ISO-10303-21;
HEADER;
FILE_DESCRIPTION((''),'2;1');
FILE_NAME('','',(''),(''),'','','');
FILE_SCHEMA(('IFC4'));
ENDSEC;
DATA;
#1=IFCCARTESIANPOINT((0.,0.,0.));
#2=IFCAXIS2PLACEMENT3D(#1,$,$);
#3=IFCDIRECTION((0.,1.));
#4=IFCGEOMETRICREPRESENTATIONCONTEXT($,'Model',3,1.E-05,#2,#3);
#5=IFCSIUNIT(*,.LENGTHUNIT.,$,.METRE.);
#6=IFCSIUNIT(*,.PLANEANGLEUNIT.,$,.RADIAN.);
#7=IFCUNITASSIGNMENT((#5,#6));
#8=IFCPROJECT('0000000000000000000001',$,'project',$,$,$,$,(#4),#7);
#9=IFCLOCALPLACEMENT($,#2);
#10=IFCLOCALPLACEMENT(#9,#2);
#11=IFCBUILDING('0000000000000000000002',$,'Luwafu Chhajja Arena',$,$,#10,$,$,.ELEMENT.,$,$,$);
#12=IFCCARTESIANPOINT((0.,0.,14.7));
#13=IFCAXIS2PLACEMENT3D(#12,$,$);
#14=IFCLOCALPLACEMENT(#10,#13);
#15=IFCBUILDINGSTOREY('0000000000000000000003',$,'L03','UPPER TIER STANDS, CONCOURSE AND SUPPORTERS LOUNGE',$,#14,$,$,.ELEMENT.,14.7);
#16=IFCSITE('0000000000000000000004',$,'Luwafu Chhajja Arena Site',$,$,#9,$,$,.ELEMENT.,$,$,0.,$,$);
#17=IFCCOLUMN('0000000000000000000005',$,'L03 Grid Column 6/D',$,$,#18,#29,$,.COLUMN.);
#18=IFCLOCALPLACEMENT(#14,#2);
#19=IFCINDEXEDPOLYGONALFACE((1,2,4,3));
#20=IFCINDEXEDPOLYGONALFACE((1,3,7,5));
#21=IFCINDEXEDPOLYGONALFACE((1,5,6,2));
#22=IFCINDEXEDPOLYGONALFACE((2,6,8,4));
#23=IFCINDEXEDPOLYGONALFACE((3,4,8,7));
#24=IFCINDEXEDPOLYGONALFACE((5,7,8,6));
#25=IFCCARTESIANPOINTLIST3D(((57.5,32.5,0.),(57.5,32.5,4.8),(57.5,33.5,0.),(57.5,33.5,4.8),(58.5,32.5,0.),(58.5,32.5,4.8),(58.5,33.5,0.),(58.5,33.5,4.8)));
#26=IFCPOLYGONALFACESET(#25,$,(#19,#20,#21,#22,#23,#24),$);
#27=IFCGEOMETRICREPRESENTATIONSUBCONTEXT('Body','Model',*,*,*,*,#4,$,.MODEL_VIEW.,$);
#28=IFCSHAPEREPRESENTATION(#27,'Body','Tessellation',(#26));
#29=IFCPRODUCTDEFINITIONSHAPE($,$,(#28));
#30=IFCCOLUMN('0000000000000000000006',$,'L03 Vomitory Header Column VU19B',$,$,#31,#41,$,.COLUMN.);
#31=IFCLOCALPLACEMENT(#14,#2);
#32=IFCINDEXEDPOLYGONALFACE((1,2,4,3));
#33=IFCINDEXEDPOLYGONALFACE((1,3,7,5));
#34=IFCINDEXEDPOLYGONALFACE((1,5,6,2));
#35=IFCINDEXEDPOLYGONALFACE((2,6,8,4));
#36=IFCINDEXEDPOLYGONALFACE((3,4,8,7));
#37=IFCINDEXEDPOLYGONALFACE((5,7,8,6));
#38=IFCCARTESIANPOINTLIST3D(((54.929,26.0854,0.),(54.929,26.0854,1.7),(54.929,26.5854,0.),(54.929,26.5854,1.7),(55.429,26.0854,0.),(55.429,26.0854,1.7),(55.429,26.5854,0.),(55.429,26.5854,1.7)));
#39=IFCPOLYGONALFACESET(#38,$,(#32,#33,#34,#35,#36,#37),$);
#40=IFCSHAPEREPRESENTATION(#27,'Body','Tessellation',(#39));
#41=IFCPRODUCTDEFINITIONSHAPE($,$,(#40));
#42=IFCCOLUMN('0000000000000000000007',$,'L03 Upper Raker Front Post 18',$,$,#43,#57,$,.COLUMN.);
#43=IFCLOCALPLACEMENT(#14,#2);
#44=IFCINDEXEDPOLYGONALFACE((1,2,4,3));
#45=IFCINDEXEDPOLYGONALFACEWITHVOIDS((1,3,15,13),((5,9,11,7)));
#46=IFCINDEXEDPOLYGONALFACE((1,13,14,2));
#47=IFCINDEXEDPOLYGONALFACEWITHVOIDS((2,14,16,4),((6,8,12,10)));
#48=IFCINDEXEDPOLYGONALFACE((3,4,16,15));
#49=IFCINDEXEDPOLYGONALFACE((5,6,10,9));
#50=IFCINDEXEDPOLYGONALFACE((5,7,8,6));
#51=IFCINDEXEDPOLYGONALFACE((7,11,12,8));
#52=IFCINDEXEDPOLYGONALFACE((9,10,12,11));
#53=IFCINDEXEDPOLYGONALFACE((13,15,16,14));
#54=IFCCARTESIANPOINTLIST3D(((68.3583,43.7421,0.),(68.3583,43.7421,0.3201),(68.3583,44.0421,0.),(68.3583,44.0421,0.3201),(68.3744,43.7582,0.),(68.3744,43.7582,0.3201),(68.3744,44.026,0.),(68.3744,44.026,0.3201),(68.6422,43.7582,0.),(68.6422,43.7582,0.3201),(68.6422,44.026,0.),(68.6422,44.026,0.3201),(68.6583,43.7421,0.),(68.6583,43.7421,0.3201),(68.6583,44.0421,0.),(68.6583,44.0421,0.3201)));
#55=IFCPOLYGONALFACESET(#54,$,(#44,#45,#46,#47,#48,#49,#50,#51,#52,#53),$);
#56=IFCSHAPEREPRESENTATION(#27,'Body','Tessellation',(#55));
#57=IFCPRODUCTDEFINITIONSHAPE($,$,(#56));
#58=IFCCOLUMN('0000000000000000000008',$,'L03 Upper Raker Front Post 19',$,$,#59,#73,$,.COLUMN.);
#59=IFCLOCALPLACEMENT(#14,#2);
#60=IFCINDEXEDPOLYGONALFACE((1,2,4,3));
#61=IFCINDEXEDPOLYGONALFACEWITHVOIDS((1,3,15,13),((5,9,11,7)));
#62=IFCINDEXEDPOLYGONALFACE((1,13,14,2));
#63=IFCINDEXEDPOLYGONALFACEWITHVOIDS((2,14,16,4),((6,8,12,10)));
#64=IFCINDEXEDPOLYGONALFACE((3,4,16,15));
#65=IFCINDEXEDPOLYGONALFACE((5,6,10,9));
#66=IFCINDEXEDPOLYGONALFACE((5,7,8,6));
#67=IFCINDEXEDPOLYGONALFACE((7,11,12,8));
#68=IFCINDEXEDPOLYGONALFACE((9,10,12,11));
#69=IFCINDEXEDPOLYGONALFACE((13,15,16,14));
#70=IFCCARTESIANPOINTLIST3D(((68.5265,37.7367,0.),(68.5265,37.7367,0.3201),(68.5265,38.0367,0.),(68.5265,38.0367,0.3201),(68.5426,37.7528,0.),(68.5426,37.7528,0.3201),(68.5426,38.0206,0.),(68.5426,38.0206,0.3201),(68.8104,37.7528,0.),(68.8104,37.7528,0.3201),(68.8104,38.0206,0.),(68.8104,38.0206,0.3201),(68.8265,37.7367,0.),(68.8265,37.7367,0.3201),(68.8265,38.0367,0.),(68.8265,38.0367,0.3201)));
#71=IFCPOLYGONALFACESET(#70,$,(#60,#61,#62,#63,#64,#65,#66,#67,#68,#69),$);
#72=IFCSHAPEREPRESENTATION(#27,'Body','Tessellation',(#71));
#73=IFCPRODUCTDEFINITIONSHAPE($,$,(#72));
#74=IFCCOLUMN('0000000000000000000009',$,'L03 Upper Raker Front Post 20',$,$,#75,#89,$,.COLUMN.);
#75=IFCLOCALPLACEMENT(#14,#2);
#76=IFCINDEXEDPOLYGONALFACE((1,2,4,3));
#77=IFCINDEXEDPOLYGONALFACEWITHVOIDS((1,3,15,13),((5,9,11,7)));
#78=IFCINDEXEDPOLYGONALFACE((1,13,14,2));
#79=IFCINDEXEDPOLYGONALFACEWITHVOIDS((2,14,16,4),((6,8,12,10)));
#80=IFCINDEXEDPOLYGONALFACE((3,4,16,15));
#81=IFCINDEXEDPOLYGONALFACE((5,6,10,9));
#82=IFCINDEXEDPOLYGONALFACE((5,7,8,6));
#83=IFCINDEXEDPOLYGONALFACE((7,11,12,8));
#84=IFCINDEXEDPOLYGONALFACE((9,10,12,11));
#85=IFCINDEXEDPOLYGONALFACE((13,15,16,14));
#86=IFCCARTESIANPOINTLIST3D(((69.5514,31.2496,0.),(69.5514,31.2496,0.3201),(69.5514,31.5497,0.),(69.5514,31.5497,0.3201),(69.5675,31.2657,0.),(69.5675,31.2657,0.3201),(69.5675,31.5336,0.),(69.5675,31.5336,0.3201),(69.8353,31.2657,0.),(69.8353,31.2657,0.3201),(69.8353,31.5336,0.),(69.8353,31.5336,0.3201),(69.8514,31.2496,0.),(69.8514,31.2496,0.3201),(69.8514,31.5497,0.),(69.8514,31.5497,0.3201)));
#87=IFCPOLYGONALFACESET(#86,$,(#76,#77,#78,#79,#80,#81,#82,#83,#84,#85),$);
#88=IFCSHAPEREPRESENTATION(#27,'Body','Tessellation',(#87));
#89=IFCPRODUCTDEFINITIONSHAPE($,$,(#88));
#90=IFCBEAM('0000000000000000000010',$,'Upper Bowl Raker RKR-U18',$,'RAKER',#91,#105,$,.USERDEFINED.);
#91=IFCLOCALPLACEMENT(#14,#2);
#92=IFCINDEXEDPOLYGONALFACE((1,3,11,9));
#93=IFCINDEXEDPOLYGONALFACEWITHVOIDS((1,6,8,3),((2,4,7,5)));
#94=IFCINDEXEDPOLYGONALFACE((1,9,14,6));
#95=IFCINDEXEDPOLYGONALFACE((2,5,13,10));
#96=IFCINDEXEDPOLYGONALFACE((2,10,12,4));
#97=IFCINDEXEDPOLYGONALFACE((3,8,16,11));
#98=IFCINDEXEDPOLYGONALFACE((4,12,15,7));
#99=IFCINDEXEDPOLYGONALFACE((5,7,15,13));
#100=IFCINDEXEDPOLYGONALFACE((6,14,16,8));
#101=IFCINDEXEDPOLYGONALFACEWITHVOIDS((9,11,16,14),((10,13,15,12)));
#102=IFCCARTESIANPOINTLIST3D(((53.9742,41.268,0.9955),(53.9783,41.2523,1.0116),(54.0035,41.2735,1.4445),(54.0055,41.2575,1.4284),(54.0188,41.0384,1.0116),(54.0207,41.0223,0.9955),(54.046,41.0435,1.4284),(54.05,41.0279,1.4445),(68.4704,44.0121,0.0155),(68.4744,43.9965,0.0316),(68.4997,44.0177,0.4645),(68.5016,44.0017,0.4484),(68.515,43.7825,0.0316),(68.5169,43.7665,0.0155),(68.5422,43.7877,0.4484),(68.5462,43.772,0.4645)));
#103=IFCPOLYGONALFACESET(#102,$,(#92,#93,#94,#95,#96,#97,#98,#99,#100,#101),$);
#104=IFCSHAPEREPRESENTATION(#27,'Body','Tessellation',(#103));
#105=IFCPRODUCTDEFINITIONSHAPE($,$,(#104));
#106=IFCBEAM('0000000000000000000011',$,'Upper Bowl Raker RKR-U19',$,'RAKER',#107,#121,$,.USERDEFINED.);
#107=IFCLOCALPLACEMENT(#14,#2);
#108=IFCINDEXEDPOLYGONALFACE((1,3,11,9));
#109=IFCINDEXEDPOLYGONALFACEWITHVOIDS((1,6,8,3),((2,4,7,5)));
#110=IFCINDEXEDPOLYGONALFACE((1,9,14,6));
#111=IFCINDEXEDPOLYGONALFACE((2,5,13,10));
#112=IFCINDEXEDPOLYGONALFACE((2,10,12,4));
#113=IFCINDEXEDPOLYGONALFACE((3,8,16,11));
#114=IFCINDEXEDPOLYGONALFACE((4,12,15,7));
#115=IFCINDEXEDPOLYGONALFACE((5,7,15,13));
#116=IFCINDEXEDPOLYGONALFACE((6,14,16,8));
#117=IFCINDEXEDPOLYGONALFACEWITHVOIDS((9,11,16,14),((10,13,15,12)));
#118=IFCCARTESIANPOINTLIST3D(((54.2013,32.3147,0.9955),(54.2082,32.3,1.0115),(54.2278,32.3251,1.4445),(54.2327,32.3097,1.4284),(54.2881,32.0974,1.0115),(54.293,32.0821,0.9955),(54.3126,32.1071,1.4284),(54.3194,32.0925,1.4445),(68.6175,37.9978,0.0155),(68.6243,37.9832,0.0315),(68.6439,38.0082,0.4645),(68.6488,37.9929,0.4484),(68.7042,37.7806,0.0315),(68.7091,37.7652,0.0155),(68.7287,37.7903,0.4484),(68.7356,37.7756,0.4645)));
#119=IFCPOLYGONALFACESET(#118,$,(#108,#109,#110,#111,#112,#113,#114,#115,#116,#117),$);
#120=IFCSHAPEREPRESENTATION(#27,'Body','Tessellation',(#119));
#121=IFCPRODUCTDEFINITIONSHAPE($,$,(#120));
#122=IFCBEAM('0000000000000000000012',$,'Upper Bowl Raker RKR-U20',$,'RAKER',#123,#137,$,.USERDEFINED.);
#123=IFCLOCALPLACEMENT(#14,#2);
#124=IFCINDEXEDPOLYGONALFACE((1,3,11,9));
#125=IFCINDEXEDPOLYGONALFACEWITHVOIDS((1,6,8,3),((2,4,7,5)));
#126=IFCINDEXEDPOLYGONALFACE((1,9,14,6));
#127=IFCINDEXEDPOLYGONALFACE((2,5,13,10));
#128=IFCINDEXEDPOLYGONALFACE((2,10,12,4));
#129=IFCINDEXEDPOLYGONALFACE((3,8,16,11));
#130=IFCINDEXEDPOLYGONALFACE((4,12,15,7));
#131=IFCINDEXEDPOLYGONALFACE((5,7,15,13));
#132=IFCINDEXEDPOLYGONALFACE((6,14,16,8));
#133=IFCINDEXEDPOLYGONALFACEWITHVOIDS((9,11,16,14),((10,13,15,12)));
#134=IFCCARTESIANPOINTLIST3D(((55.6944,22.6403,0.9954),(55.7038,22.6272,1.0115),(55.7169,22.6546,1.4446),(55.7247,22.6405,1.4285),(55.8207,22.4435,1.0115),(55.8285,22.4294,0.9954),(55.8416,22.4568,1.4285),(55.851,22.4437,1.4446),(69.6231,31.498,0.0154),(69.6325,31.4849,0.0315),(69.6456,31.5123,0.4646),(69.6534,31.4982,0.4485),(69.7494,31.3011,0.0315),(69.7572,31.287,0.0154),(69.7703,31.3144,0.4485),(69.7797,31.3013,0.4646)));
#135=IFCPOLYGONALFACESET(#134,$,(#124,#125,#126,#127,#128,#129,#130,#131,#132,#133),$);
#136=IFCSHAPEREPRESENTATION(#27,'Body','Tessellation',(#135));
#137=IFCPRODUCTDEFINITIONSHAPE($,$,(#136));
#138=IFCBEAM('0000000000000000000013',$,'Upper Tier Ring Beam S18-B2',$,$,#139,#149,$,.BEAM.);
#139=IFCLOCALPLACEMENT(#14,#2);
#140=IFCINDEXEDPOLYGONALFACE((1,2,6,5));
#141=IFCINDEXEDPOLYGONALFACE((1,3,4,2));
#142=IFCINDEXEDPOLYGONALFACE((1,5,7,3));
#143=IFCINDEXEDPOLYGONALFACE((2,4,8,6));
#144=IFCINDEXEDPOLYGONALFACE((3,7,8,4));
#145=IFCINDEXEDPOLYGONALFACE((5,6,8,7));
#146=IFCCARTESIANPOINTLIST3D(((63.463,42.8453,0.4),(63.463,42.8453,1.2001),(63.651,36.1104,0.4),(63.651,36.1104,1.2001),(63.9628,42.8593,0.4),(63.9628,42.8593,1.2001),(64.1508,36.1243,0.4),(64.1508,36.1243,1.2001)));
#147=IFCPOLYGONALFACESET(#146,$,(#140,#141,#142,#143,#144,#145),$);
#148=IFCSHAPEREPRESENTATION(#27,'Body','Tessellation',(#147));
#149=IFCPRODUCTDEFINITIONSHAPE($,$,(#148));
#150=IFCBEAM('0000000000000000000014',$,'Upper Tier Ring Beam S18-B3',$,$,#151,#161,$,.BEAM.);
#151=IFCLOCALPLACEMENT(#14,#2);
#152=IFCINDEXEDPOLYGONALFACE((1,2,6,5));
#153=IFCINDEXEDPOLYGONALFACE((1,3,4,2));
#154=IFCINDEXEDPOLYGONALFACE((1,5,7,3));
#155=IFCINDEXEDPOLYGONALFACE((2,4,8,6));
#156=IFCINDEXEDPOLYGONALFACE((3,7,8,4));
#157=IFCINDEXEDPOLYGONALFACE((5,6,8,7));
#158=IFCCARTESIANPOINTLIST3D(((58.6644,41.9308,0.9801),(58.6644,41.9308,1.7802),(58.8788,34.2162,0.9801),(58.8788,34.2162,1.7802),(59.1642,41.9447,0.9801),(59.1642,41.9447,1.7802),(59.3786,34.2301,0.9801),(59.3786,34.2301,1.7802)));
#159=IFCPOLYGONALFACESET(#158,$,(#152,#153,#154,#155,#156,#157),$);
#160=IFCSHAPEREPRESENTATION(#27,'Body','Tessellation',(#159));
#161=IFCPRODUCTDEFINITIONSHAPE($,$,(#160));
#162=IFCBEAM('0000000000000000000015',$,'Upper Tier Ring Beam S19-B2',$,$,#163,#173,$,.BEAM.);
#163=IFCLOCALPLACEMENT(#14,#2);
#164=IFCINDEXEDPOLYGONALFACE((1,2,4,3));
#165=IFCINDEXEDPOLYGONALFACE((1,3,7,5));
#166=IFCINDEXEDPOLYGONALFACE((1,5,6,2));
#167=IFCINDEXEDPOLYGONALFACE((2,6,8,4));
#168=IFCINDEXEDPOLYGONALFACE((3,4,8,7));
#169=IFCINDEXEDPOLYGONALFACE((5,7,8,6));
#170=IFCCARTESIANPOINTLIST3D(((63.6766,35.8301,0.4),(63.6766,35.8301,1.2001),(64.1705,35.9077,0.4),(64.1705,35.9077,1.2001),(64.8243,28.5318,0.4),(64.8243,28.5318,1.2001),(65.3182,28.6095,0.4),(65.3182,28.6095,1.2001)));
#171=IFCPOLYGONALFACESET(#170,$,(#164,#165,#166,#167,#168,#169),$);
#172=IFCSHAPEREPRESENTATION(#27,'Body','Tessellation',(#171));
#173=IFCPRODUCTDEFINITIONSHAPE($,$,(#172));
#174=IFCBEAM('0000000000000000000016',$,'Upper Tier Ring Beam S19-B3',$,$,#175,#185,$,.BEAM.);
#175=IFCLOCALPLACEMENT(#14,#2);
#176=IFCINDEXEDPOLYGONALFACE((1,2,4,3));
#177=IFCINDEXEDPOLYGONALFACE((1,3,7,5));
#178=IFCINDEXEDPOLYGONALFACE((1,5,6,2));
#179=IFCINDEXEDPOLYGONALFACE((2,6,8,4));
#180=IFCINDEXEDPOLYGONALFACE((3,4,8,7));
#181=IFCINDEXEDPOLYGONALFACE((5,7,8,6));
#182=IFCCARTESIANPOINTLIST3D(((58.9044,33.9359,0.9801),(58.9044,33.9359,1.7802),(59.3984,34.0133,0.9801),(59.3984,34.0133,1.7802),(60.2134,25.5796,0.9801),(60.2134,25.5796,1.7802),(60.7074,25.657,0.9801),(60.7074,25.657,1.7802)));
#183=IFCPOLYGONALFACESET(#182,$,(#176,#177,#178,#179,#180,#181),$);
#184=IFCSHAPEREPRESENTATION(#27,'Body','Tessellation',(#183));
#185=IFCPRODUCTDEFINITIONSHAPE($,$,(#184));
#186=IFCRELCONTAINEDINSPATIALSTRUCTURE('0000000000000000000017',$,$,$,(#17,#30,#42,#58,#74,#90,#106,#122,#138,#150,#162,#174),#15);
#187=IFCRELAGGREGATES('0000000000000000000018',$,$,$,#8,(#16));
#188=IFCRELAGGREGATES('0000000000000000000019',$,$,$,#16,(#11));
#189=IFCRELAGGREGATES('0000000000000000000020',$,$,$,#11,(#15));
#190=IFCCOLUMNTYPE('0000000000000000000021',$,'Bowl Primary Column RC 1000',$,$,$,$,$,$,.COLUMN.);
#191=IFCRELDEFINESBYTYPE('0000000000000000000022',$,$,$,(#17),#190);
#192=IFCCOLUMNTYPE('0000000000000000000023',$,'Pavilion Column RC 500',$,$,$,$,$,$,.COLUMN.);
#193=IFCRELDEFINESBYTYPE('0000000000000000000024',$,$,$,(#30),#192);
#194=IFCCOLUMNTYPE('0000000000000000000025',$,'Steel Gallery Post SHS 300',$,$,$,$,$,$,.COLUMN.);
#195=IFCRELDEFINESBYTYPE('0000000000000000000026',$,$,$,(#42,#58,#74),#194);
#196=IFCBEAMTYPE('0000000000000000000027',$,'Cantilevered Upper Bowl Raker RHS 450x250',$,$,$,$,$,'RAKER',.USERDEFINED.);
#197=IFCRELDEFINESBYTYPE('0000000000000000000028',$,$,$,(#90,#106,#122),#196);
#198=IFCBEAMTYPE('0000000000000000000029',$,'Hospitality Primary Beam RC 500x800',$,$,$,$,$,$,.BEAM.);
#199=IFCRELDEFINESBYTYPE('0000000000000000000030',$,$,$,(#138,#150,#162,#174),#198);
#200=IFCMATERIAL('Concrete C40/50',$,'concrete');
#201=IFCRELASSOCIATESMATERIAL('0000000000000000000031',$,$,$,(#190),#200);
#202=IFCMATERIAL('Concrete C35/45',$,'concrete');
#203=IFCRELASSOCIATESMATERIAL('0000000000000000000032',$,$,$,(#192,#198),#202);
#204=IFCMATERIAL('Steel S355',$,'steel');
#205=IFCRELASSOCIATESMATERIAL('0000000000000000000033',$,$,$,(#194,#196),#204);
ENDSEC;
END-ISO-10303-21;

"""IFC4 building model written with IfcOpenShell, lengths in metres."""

from ifc_helpers import new_model, si_unit, direction, frame, origin, origin_2d, place, context, subcontext, project, spatial, rectangle, hollow_rectangle, extrude, material, material_profile, profile_set, type_object, element, save


model = new_model("IFC4")

# Units and contexts
model_context = context("Model", 3, precision=1e-05, world=origin(), true_north=direction((0.0, 1.0)))
body_context = subcontext(model_context, "Body", "Model", "MODEL_VIEW")
ifc_project = project(units=[si_unit("LENGTHUNIT", "METRE"), si_unit("PLANEANGLEUNIT", "RADIAN")], contexts=[model_context])

# Site, building, storey
site_placement = place(None, origin())
site = spatial("IfcSite", under=ifc_project, at=site_placement, Name="Luwafu Chhajja Arena Site", CompositionType="ELEMENT", RefElevation=0.0)
building_placement = place(site_placement, origin())
building = spatial("IfcBuilding", under=site, at=building_placement, Name="Luwafu Chhajja Arena", CompositionType="ELEMENT")
storey_placement = place(building_placement, frame((0.0, 0.0, 14.7)))
storey = spatial("IfcBuildingStorey", under=building, at=storey_placement, Name="L03", Description="UPPER TIER STANDS, CONCOURSE AND SUPPORTERS LOUNGE", CompositionType="ELEMENT", Elevation=14.7)

# Columns
ifc_material_1 = material(Name="Concrete C40/50", Category="concrete")
ifc_material_profile_1 = material_profile(ifc_material_1, rectangle(XDim=1.0, YDim=1.0, at=origin_2d()), Name="RC 1000x1000")
ifc_profile_set_1 = profile_set([ifc_material_profile_1], Name="Concrete C40/50")
column_type_1 = type_object("IfcColumnType", Name="Bowl Primary Column RC 1000", PredefinedType="COLUMN", material=ifc_profile_set_1)
column_1_placement = place(storey_placement, frame((58.0, 33.0, 0.0), z_axis=(0.0, 0.0, 1.0), x_axis=(1.0, 0.0, 0.0)))
element("IfcColumn", 1, at=column_1_placement, inside=storey, type_object=column_type_1, Name="L03 Grid Column 6/D", PredefinedType="COLUMN", context=body_context, shape_type="SweptSolid", body=[
    extrude(rectangle(XDim=1.0, YDim=1.0, at=origin_2d()), origin(), (0.0, 0.0, 1.0), 4.8),
])
ifc_material_2 = material(Name="Concrete C35/45", Category="concrete")
ifc_material_profile_2 = material_profile(ifc_material_2, rectangle(XDim=0.5, YDim=0.5, at=origin_2d()), Name="RC 500x500")
ifc_profile_set_2 = profile_set([ifc_material_profile_2], Name="Concrete C35/45")
column_type_2 = type_object("IfcColumnType", Name="Pavilion Column RC 500", PredefinedType="COLUMN", material=ifc_profile_set_2)
column_2_placement = place(storey_placement, frame((55.179, 26.3354, 0.0), z_axis=(0.0, 0.0, 1.0), x_axis=(1.0, 0.0, 0.0)))
element("IfcColumn", 2, at=column_2_placement, inside=storey, type_object=column_type_2, Name="L03 Vomitory Header Column VU19B", PredefinedType="COLUMN", context=body_context, shape_type="SweptSolid", body=[
    extrude(rectangle(XDim=0.5, YDim=0.5, at=origin_2d()), origin(), (0.0, 0.0, 1.0), 1.7),
])
ifc_material_3 = material(Name="Steel S355", Category="steel")
ifc_material_profile_3 = material_profile(ifc_material_3, hollow_rectangle(XDim=0.3, YDim=0.3, WallThickness=0.0161, at=origin_2d()), Name="SHS 300x300x16")
ifc_profile_set_3 = profile_set([ifc_material_profile_3], Name="Steel S355")
column_type_3 = type_object("IfcColumnType", Name="Steel Gallery Post SHS 300", PredefinedType="COLUMN", material=ifc_profile_set_3)
for number, where, z_axis, x_axis, name in (
    (3, (68.5083, 43.8921, 0.0), (0.0, 0.0, 1.0), (1.0, 0.0, 0.0), "L03 Upper Raker Front Post 18"),
    (4, (68.6765, 37.8867, 0.0), (0.0, 0.0, 1.0), (1.0, 0.0, 0.0), "L03 Upper Raker Front Post 19"),
    (5, (69.7014, 31.3997, 0.0), (0.0, 0.0, 1.0), (1.0, 0.0, 0.0), "L03 Upper Raker Front Post 20"),
):
    element("IfcColumn", number, at=place(storey_placement, frame(where, z_axis=z_axis, x_axis=x_axis)), inside=storey, type_object=column_type_3, Name=name, PredefinedType="COLUMN", context=body_context, shape_type="SweptSolid", body=[
        extrude(hollow_rectangle(XDim=0.3, YDim=0.3, WallThickness=0.0161, at=origin_2d()), origin(), (0.0, 0.0, 1.0), 0.3201),
    ])

# Beams
ifc_material_profile_4 = material_profile(ifc_material_3, hollow_rectangle(XDim=0.25, YDim=0.45, WallThickness=0.0161, at=origin_2d()), Name="RHS 450x250x16")
ifc_profile_set_4 = profile_set([ifc_material_profile_4], Name="Steel S355")
beam_type_1 = type_object("IfcBeamType", Name="Cantilevered Upper Bowl Raker RHS 450x250", ElementType="RAKER", PredefinedType="USERDEFINED", material=ifc_profile_set_4)
beam_1_placement = place(storey_placement, frame((68.5083, 43.8921, 0.24), z_axis=(-0.98039, -0.18559, 0.066277), x_axis=(0.185999, -0.98255, 0.0)))
element("IfcBeam", 6, at=beam_1_placement, inside=storey, type_object=beam_type_1, Name="Upper Bowl Raker RKR-U18", ObjectType="RAKER", PredefinedType="USERDEFINED", context=body_context, shape_type="SweptSolid", body=[
    extrude(hollow_rectangle(XDim=0.25, YDim=0.45, WallThickness=0.0161, at=origin_2d()), origin(), (0.0, 0.0, 1.0), 14.7861),
])
beam_2_placement = place(storey_placement, frame((68.6765, 37.8867, 0.24), z_axis=(-0.928464, -0.366021, 0.063116), x_axis=(0.366752, -0.930319, 0.0)))
element("IfcBeam", 7, at=beam_2_placement, inside=storey, type_object=beam_type_1, Name="Upper Bowl Raker RKR-U19", ObjectType="RAKER", PredefinedType="USERDEFINED", context=body_context, shape_type="SweptSolid", body=[
    extrude(hollow_rectangle(XDim=0.25, YDim=0.45, WallThickness=0.0161, at=origin_2d()), origin(), (0.0, 0.0, 1.0), 15.5269),
])
beam_3_placement = place(storey_placement, frame((69.7014, 31.3997, 0.24), z_axis=(-0.842345, -0.535671, 0.059265), x_axis=(0.536614, -0.843828, 0.0)))
element("IfcBeam", 8, at=beam_3_placement, inside=storey, type_object=beam_type_1, Name="Upper Bowl Raker RKR-U20", ObjectType="RAKER", PredefinedType="USERDEFINED", context=body_context, shape_type="SweptSolid", body=[
    extrude(hollow_rectangle(XDim=0.25, YDim=0.45, WallThickness=0.0161, at=origin_2d()), origin(), (0.0, 0.0, 1.0), 16.5356),
])
ifc_material_profile_5 = material_profile(ifc_material_2, rectangle(XDim=0.5, YDim=0.8, at=origin_2d()), Name="RC 500x800")
ifc_profile_set_5 = profile_set([ifc_material_profile_5], Name="Concrete C35/45")
beam_type_2 = type_object("IfcBeamType", Name="Hospitality Primary Beam RC 500x800", PredefinedType="BEAM", material=ifc_profile_set_5)
beam_4_placement = place(storey_placement, frame((63.7129, 42.8523, 0.8), z_axis=(0.027902, -0.999611, 0.0), x_axis=(0.999611, 0.027902, 0.0)))
element("IfcBeam", 9, at=beam_4_placement, inside=storey, type_object=beam_type_2, Name="Upper Tier Ring Beam S18-B2", PredefinedType="BEAM", context=body_context, shape_type="SweptSolid", body=[
    extrude(rectangle(XDim=0.5, YDim=0.8, at=origin_2d()), origin(), (0.0, 0.0, 1.0), 6.7375),
])
beam_5_placement = place(storey_placement, frame((58.9143, 41.9377, 1.3801), z_axis=(0.027775, -0.999614, 0.0), x_axis=(0.999614, 0.027775, 0.0)))
element("IfcBeam", 10, at=beam_5_placement, inside=storey, type_object=beam_type_2, Name="Upper Tier Ring Beam S18-B3", PredefinedType="BEAM", context=body_context, shape_type="SweptSolid", body=[
    extrude(rectangle(XDim=0.5, YDim=0.8, at=origin_2d()), origin(), (0.0, 0.0, 1.0), 7.7175),
])
beam_6_placement = place(storey_placement, frame((63.9236, 35.8689, 0.8), z_axis=(0.155347, -0.98786, 0.0), x_axis=(0.98786, 0.155347, 0.0)))
element("IfcBeam", 11, at=beam_6_placement, inside=storey, type_object=beam_type_2, Name="Upper Tier Ring Beam S19-B2", PredefinedType="BEAM", context=body_context, shape_type="SweptSolid", body=[
    extrude(rectangle(XDim=0.5, YDim=0.8, at=origin_2d()), origin(), (0.0, 0.0, 1.0), 7.3879),
])
beam_7_placement = place(storey_placement, frame((59.1514, 33.9746, 1.3801), z_axis=(0.154768, -0.987951, 0.0), x_axis=(0.987951, 0.154768, 0.0)))
element("IfcBeam", 12, at=beam_7_placement, inside=storey, type_object=beam_type_2, Name="Upper Tier Ring Beam S19-B3", PredefinedType="BEAM", context=body_context, shape_type="SweptSolid", body=[
    extrude(rectangle(XDim=0.5, YDim=0.8, at=origin_2d()), origin(), (0.0, 0.0, 1.0), 8.4583),
])

save(model, "model.ifc")
